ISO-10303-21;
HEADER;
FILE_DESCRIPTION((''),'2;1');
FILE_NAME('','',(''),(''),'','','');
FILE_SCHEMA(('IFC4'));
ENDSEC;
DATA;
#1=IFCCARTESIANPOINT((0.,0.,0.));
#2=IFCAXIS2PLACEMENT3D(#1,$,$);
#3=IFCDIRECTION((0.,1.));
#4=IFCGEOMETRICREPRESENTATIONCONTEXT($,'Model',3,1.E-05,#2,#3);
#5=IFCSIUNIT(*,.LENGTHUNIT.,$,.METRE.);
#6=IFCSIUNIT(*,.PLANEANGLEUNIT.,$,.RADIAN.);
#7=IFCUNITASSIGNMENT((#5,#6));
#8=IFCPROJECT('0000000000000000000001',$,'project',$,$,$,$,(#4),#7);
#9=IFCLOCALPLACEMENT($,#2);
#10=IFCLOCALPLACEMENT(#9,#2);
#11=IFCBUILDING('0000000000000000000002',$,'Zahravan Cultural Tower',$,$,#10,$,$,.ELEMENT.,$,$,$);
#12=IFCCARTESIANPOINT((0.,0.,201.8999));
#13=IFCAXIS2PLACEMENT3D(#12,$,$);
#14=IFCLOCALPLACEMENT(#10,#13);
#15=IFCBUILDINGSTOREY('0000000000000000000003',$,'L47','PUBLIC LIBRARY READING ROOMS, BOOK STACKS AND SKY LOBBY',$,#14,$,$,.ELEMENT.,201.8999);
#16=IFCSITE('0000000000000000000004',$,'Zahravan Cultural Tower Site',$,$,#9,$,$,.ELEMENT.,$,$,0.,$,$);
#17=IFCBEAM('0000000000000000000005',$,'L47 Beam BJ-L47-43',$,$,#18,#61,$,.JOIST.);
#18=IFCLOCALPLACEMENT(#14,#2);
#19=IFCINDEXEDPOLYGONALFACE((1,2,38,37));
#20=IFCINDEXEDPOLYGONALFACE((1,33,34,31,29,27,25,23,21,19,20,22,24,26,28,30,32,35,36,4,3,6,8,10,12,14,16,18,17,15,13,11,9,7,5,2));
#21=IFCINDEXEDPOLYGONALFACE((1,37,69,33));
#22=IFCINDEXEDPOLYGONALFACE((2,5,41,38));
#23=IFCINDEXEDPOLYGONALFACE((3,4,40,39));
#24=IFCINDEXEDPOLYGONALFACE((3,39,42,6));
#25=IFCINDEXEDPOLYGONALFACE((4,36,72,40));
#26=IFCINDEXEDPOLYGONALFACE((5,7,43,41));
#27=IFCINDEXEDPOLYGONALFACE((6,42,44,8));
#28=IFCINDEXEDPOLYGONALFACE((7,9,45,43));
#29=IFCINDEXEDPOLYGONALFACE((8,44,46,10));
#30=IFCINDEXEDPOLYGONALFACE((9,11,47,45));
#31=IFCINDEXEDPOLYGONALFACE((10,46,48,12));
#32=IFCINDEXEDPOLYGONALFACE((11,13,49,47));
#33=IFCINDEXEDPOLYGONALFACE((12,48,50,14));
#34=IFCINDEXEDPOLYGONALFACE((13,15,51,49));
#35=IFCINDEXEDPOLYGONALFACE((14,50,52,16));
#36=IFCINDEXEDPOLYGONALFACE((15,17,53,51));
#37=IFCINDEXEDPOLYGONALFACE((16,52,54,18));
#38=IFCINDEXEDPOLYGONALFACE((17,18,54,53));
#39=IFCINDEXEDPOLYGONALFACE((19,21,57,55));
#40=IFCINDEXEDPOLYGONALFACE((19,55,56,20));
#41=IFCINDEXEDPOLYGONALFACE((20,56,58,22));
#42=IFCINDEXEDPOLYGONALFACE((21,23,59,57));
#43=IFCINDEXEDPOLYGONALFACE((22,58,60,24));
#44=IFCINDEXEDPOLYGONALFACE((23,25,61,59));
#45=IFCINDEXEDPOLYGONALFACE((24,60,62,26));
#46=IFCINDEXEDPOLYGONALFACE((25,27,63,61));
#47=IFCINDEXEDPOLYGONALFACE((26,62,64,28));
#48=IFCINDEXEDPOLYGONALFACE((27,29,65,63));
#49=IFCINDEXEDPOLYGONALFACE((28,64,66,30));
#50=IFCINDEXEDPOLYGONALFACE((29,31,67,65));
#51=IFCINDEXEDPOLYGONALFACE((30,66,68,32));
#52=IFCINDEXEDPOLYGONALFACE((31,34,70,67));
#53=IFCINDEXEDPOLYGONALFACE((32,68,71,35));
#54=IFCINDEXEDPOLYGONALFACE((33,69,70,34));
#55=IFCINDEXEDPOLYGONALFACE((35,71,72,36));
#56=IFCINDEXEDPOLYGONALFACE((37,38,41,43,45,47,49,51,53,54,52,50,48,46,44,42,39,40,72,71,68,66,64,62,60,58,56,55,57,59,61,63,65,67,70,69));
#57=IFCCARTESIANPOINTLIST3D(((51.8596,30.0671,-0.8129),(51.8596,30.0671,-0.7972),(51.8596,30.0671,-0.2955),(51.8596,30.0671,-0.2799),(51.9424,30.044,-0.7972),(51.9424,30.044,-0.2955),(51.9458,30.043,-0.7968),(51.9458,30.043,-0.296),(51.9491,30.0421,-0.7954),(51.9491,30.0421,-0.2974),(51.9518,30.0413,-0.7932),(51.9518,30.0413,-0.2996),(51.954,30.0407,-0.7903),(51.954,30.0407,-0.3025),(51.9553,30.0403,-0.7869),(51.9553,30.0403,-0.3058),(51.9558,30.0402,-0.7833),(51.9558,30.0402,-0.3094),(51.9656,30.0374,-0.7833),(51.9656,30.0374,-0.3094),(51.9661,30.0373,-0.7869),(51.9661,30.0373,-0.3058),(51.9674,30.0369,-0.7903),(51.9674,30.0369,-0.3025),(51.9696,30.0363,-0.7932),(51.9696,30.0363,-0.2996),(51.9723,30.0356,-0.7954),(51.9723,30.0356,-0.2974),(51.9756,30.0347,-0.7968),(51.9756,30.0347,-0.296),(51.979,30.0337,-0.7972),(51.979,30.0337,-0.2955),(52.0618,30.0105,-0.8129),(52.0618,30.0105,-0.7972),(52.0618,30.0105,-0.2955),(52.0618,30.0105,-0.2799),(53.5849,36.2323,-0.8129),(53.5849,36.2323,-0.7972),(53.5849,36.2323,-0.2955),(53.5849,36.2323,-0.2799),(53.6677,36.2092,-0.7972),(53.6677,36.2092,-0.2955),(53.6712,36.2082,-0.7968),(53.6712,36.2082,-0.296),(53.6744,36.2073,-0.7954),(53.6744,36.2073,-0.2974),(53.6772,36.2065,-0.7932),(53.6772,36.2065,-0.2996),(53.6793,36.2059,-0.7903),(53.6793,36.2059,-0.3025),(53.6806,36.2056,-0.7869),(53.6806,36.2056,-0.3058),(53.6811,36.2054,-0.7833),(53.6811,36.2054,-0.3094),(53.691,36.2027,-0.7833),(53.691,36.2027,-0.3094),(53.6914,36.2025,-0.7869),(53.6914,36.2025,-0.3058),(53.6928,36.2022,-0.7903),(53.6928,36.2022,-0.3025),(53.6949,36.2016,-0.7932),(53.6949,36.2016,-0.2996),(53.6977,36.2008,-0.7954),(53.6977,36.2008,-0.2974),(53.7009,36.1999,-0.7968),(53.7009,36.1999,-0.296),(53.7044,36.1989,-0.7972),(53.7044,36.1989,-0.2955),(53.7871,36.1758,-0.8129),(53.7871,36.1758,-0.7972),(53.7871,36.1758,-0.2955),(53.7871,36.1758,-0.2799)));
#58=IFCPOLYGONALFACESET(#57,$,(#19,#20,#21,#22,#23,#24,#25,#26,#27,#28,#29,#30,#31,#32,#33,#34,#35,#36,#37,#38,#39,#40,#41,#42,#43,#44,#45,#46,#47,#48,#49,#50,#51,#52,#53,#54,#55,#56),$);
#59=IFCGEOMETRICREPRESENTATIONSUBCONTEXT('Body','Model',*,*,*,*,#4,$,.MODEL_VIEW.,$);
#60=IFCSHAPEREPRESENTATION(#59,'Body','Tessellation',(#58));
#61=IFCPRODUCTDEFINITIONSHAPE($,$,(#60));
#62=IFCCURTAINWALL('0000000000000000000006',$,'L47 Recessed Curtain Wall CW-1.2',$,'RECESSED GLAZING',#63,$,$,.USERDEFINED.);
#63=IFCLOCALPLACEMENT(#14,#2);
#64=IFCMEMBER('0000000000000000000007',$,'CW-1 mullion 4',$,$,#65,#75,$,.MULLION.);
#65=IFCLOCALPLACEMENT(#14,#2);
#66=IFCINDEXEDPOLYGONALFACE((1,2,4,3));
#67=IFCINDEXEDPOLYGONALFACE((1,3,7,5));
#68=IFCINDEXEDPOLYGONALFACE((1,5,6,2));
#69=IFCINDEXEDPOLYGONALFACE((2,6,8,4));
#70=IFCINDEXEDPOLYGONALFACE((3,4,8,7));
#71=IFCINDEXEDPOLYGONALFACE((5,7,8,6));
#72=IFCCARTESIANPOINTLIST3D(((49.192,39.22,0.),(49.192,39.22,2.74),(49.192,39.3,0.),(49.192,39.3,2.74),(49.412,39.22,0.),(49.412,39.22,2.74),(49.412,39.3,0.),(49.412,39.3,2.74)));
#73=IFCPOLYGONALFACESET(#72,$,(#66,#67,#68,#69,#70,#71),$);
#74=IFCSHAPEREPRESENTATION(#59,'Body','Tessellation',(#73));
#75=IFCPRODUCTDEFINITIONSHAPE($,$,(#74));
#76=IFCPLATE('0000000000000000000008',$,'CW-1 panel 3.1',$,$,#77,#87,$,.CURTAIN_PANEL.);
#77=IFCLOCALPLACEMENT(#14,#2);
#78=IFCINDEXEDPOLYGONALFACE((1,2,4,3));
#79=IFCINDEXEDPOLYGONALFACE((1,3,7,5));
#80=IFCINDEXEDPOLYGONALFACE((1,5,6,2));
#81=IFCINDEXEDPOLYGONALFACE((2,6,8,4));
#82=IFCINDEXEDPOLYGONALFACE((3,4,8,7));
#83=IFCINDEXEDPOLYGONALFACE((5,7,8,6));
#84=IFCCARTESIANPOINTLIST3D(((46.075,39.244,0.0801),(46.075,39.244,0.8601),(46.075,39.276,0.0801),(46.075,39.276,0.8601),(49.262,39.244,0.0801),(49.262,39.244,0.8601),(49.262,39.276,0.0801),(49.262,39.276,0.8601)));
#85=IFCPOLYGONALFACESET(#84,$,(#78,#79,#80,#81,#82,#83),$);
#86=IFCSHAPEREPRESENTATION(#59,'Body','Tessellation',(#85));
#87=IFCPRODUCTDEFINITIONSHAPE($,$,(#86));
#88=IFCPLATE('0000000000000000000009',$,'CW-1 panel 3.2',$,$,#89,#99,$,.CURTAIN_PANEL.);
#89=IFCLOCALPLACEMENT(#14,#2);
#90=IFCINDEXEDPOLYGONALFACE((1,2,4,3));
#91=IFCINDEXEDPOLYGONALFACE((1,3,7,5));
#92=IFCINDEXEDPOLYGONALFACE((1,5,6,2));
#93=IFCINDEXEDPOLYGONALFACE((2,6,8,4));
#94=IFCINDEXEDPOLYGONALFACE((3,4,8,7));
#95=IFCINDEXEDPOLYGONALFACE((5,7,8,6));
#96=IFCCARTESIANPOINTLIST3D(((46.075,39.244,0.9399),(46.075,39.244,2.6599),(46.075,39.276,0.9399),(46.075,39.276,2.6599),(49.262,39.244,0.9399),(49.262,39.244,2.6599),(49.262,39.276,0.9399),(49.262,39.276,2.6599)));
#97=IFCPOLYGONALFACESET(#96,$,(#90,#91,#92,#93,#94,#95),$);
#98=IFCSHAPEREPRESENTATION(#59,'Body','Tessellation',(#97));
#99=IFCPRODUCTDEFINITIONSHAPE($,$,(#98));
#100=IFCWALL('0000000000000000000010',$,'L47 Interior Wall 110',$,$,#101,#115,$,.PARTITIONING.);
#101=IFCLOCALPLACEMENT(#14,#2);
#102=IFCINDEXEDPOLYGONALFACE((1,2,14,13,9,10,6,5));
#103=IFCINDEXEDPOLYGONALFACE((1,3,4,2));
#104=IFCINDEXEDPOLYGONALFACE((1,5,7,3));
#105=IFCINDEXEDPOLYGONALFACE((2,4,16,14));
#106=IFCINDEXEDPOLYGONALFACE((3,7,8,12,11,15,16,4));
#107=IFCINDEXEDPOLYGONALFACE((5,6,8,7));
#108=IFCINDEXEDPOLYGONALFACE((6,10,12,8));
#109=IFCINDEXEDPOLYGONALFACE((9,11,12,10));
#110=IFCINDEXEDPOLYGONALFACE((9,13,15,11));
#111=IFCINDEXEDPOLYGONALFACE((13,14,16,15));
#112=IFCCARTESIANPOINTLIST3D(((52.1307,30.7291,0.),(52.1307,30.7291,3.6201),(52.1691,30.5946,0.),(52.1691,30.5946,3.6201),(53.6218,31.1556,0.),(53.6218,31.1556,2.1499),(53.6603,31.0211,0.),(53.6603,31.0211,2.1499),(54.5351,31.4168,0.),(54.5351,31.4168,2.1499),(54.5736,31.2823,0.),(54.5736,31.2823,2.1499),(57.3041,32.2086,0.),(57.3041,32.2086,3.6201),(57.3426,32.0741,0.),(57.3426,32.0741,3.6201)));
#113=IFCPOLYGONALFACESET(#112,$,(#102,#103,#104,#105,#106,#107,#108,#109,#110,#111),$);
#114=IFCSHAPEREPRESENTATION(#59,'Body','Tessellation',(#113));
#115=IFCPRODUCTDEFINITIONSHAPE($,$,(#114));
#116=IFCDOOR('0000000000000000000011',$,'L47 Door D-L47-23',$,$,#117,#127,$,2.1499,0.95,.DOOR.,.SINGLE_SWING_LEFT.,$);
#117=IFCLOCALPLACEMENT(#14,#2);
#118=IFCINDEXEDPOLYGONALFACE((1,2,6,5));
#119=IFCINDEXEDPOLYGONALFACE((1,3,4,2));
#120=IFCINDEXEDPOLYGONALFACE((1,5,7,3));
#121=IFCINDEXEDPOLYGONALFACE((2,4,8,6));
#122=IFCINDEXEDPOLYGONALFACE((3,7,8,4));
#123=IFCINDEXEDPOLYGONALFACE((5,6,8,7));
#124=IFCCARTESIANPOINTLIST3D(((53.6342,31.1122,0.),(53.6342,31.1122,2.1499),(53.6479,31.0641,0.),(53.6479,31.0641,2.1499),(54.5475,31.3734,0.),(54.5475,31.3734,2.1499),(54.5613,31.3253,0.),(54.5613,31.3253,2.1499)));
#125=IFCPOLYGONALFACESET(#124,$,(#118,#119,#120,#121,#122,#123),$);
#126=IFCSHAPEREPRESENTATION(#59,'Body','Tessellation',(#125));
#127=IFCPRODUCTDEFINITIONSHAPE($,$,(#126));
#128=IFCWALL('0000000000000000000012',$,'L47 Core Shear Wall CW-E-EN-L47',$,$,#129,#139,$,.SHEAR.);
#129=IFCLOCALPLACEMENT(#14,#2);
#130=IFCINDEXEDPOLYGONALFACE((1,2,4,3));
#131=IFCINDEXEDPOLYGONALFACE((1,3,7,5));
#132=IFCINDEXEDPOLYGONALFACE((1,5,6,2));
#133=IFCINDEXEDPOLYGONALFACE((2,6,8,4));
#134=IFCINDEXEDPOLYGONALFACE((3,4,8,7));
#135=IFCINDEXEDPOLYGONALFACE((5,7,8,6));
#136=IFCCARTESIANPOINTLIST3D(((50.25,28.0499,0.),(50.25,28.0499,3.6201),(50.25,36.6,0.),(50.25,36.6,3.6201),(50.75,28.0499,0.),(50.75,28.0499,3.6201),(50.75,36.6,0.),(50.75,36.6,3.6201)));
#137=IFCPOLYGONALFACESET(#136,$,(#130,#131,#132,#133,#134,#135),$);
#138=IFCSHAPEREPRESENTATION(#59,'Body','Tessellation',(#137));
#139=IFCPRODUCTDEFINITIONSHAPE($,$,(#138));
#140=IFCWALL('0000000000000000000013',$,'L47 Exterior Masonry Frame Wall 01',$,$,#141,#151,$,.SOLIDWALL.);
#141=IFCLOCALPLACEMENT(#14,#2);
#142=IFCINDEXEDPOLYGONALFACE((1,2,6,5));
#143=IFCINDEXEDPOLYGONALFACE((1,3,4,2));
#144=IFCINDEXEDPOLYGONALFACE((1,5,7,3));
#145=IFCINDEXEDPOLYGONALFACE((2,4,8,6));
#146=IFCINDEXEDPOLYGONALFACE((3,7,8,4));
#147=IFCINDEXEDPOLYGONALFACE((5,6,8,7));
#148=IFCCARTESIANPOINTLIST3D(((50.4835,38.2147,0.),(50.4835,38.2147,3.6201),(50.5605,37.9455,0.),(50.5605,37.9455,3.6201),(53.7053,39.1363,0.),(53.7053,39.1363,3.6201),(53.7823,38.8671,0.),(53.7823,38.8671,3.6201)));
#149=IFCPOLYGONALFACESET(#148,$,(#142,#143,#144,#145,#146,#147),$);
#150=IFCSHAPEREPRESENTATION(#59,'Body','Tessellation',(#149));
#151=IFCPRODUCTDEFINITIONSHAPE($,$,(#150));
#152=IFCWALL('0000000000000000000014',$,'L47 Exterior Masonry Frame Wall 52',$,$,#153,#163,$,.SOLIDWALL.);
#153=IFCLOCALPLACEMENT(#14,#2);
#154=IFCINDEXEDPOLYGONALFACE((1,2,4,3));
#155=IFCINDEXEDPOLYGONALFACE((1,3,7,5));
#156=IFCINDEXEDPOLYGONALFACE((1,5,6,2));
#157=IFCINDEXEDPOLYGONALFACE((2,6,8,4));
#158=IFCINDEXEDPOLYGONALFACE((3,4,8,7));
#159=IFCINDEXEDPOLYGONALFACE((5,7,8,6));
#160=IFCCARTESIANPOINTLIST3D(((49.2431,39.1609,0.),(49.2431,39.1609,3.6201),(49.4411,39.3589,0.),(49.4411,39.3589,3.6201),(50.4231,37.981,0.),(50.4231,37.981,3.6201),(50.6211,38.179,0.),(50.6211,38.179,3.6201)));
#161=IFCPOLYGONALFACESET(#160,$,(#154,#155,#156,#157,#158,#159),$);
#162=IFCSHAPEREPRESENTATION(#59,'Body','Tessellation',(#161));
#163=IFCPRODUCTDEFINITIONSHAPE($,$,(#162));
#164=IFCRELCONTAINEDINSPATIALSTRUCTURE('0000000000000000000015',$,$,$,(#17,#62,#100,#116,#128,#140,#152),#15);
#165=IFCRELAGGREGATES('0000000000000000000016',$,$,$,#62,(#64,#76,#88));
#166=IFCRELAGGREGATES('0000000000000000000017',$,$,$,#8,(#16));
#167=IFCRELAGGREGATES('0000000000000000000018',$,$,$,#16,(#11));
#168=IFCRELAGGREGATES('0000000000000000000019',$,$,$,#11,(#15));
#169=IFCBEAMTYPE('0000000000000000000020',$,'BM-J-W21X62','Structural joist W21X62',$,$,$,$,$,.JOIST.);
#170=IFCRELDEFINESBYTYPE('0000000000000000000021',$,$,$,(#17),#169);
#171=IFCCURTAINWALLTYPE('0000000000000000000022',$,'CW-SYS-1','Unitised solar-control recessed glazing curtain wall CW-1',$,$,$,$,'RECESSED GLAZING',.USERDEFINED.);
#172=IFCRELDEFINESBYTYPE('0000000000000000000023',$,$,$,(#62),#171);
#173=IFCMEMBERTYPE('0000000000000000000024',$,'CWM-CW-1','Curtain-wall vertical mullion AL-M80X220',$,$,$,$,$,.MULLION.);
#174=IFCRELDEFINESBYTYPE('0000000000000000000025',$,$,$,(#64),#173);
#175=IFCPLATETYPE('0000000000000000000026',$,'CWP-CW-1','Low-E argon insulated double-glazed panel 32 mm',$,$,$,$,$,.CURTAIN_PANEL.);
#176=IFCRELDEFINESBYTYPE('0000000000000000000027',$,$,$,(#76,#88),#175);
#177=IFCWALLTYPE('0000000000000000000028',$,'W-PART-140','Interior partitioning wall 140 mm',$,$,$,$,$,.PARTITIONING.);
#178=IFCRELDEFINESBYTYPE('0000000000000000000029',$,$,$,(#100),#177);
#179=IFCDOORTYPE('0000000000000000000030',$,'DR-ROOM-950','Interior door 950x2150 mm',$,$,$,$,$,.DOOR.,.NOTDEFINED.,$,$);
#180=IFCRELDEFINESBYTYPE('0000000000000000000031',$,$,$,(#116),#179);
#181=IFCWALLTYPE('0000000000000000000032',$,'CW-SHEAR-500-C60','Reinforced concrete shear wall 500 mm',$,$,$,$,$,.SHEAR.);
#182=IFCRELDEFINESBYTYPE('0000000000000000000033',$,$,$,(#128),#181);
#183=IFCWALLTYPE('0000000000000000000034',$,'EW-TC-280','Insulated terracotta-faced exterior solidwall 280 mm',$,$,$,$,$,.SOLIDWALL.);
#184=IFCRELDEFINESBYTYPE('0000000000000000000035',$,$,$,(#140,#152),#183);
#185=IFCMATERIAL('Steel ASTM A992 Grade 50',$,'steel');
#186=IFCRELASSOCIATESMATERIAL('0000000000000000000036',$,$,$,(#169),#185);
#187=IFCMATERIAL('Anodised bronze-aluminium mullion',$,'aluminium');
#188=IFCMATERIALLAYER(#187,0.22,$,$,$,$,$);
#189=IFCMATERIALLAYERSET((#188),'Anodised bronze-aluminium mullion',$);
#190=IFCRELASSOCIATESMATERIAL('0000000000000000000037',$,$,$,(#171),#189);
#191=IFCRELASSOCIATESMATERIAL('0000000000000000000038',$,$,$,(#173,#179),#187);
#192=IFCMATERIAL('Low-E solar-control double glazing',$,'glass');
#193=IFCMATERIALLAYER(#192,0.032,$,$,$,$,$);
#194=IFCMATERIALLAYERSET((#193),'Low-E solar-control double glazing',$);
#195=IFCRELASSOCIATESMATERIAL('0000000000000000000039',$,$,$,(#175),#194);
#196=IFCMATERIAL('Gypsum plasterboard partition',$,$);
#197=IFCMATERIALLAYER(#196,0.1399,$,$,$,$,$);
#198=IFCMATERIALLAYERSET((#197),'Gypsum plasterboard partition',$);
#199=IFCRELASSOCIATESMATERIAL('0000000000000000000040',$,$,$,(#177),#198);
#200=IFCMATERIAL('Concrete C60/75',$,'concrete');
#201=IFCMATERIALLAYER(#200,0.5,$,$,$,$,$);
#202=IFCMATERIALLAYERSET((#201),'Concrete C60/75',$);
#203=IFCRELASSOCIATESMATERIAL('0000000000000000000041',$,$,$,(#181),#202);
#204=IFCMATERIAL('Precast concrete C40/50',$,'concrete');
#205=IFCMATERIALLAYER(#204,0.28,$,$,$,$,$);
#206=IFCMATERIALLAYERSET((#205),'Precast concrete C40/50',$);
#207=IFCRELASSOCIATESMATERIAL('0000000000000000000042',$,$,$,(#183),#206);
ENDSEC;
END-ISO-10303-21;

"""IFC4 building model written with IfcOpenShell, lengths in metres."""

from ifc_helpers import new_model, si_unit, direction, frame, frame_2d, origin, origin_2d, place, context, subcontext, project, spatial, rectangle, i_section, extrude, source, transform, mapped, material, layer, layer_set, material_profile, profile_set, type_object, element, fill, aggregate, save


model = new_model("IFC4")

# Units and contexts
model_context = context("Model", 3, precision=1e-05, world=origin(), true_north=direction((0.0, 1.0)))
body_context = subcontext(model_context, "Body", "Model", "MODEL_VIEW")
ifc_project = project(units=[si_unit("LENGTHUNIT", "METRE"), si_unit("PLANEANGLEUNIT", "RADIAN")], contexts=[model_context])

# Site, building, storey
site_placement = place(None, origin())
site = spatial("IfcSite", under=ifc_project, at=site_placement, Name="Zahravan Cultural Tower Site", CompositionType="ELEMENT", RefElevation=0.0)
building_placement = place(site_placement, origin())
building = spatial("IfcBuilding", under=site, at=building_placement, Name="Zahravan Cultural Tower", CompositionType="ELEMENT")
storey_placement = place(building_placement, frame((0.0, 0.0, 201.8999)))
storey = spatial("IfcBuildingStorey", under=building, at=storey_placement, Name="L47", Description="PUBLIC LIBRARY READING ROOMS, BOOK STACKS AND SKY LOBBY", CompositionType="ELEMENT", Elevation=201.8999)

# Beam
ifc_material_1 = material(Name="Steel ASTM A992 Grade 50", Category="steel")
ifc_material_profile_1 = material_profile(ifc_material_1, i_section(OverallWidth=0.21, OverallDepth=0.533, WebThickness=0.0103, FlangeThickness=0.0156, FilletRadius=0.0139, at=origin_2d()), Name="W21X62")
ifc_profile_set_1 = profile_set([ifc_material_profile_1], Name="Steel ASTM A992 Grade 50")
beam_type_1 = type_object("IfcBeamType", Name="BM-J-W21X62", Description="Structural joist W21X62", PredefinedType="JOIST", material=ifc_profile_set_1)
shared_shape_1 = source(origin(), body_context, "Body", "SweptSolid", [
    extrude(i_section(OverallWidth=0.21, OverallDepth=0.533, WebThickness=0.0103, FlangeThickness=0.0156, FilletRadius=0.0139, at=origin_2d()), origin(), (0.0, 0.0, 1.0), 6.4021),
])
beam_1_placement = place(storey_placement, frame((51.9607, 30.0388, -0.5464), z_axis=(0.269494, 0.963002, 0.0), x_axis=(-0.963002, 0.269494, 0.0)))
element("IfcBeam", 1, at=beam_1_placement, inside=storey, type_object=beam_type_1, Name="L47 Beam BJ-L47-43", PredefinedType="JOIST", context=body_context, shape_type="MappedRepresentation", body=[
    mapped(shared_shape_1, transform((0.0, 0.0, 0.0), x_axis=(1.0, 0.0, 0.0), y_axis=(0.0, 1.0, 0.0), z_axis=(0.0, 0.0, 1.0), scale=1.0)),
])

# Curtain wall, member, plates
ifc_material_2 = material(Name="Anodised bronze-aluminium mullion", Category="aluminium")
ifc_layer_1 = layer(ifc_material_2, 0.22)
ifc_layer_set_1 = layer_set([ifc_layer_1], Name="Anodised bronze-aluminium mullion")
curtain_wall_type = type_object("IfcCurtainWallType", Name="CW-SYS-1", Description="Unitised solar-control recessed glazing curtain wall CW-1", ElementType="RECESSED GLAZING", PredefinedType="USERDEFINED", material=ifc_layer_set_1)
curtain_wall_placement = place(storey_placement, origin())
curtain_wall = element("IfcCurtainWall", 2, at=curtain_wall_placement, inside=storey, type_object=curtain_wall_type, Name="L47 Recessed Curtain Wall CW-1.2", ObjectType="RECESSED GLAZING", PredefinedType="USERDEFINED")
ifc_material_profile_2 = material_profile(ifc_material_2, rectangle(XDim=0.0801, YDim=0.22, at=origin_2d()), Name="AL-M80X220")
ifc_profile_set_2 = profile_set([ifc_material_profile_2], Name="Anodised bronze-aluminium mullion")
member_type = type_object("IfcMemberType", Name="CWM-CW-1", Description="Curtain-wall vertical mullion AL-M80X220", PredefinedType="MULLION", material=ifc_profile_set_2)
shared_shape_2 = source(origin(), body_context, "Body", "SweptSolid", [
    extrude(rectangle(XDim=0.0801, YDim=0.22, at=origin_2d()), origin(), (0.0, 0.0, 1.0), 2.74),
])
member_placement = place(storey_placement, frame((49.302, 39.26, 0.0), z_axis=(0.0, 0.0, 1.0), x_axis=(0.0, 1.0, 0.0)))
member = element("IfcMember", 3, at=member_placement, type_object=member_type, Name="CW-1 mullion 4", PredefinedType="MULLION", context=body_context, shape_type="MappedRepresentation", body=[
    mapped(shared_shape_2, transform((0.0, 0.0, 0.0), x_axis=(1.0, 0.0, 0.0), y_axis=(0.0, 1.0, 0.0), z_axis=(0.0, 0.0, 1.0), scale=1.0)),
])
ifc_material_3 = material(Name="Low-E solar-control double glazing", Category="glass")
ifc_layer_2 = layer(ifc_material_3, 0.032)
ifc_layer_set_2 = layer_set([ifc_layer_2], Name="Low-E solar-control double glazing")
plate_type = type_object("IfcPlateType", Name="CWP-CW-1", Description="Low-E argon insulated double-glazed panel 32 mm", PredefinedType="CURTAIN_PANEL", material=ifc_layer_set_2)
shared_shape_3 = source(origin(), body_context, "Body", "SweptSolid", [
    extrude(rectangle(XDim=3.187, YDim=0.032, at=origin_2d()), origin(), (0.0, 0.0, 1.0), 0.78),
])
plate_1_placement = place(storey_placement, frame((47.6685, 39.26, 0.0801), z_axis=(0.0, 0.0, 1.0), x_axis=(1.0, 0.0, 0.0)))
plate_1 = element("IfcPlate", 4, at=plate_1_placement, type_object=plate_type, Name="CW-1 panel 3.1", PredefinedType="CURTAIN_PANEL", context=body_context, shape_type="MappedRepresentation", body=[
    mapped(shared_shape_3, transform((0.0, 0.0, 0.0), x_axis=(1.0, 0.0, 0.0), y_axis=(0.0, 1.0, 0.0), z_axis=(0.0, 0.0, 1.0), scale=1.0)),
])
shared_shape_4 = source(origin(), body_context, "Body", "SweptSolid", [
    extrude(rectangle(XDim=3.187, YDim=0.032, at=origin_2d()), origin(), (0.0, 0.0, 1.0), 1.72),
])
plate_2_placement = place(storey_placement, frame((47.6685, 39.26, 0.9399), z_axis=(0.0, 0.0, 1.0), x_axis=(1.0, 0.0, 0.0)))
plate_2 = element("IfcPlate", 5, at=plate_2_placement, type_object=plate_type, Name="CW-1 panel 3.2", PredefinedType="CURTAIN_PANEL", context=body_context, shape_type="MappedRepresentation", body=[
    mapped(shared_shape_4, transform((0.0, 0.0, 0.0), x_axis=(1.0, 0.0, 0.0), y_axis=(0.0, 1.0, 0.0), z_axis=(0.0, 0.0, 1.0), scale=1.0)),
])
aggregate(curtain_wall, [member, plate_1, plate_2])

# Wall, opening, door
ifc_material_4 = material(Name="Gypsum plasterboard partition")
ifc_layer_3 = layer(ifc_material_4, 0.1399)
ifc_layer_set_3 = layer_set([ifc_layer_3], Name="Gypsum plasterboard partition")
wall_type_1 = type_object("IfcWallType", Name="W-PART-140", Description="Interior partitioning wall 140 mm", PredefinedType="PARTITIONING", material=ifc_layer_set_3)
wall_1_placement = place(storey_placement, frame((52.1499, 30.6619, 0.0), z_axis=(0.0, 0.0, 1.0), x_axis=(0.961455, 0.274961, 0.0)))
wall_1 = element("IfcWall", 6, at=wall_1_placement, inside=storey, type_object=wall_type_1, Name="L47 Interior Wall 110", PredefinedType="PARTITIONING", context=body_context, shape_type="SweptSolid", body=[
    extrude(rectangle(XDim=5.3809, YDim=0.1399, at=frame_2d((2.6904, 0.0))), origin(), (0.0, 0.0, 1.0), 3.6201),
])
opening_placement = place(wall_1_placement, frame((1.5508, 0.0, 0.0)))
opening = element("IfcOpeningElement", 7, at=opening_placement, cuts=wall_1, PredefinedType="OPENING", context=body_context, shape_type="SweptSolid", body=[
    extrude(rectangle(XDim=0.95, YDim=2.1499, at=frame_2d((0.4751, 1.075))), frame((0.0, 0.0798, 0.0), z_axis=(0.0, -1.0, 0.0), x_axis=(1.0, 0.0, 0.0)), (0.0, 0.0, 1.0), 0.1599),
])
door_type = type_object("IfcDoorType", Name="DR-ROOM-950", Description="Interior door 950x2150 mm", OperationType="NOTDEFINED", PredefinedType="DOOR", material=ifc_material_2)
shared_shape_5 = source(origin(), body_context, "Body", "SweptSolid", [
    extrude(rectangle(XDim=0.95, YDim=2.1499, at=frame_2d((0.4751, 1.075))), frame((0.0, 0.0249, 0.0), z_axis=(0.0, -1.0, 0.0), x_axis=(1.0, 0.0, 0.0)), (0.0, 0.0, 1.0), 0.05),
])
door_placement = place(opening_placement, origin())
door = element("IfcDoor", 8, at=door_placement, inside=storey, type_object=door_type, Name="L47 Door D-L47-23", OperationType="SINGLE_SWING_LEFT", OverallHeight=2.1499, OverallWidth=0.95, PredefinedType="DOOR", context=body_context, shape_type="MappedRepresentation", body=[
    mapped(shared_shape_5, transform((0.0, 0.0, 0.0), x_axis=(1.0, 0.0, 0.0), y_axis=(0.0, 1.0, 0.0), z_axis=(0.0, 0.0, 1.0), scale=1.0)),
])
fill(opening, door)

# Walls
ifc_material_5 = material(Name="Concrete C60/75", Category="concrete")
ifc_layer_4 = layer(ifc_material_5, 0.5)
ifc_layer_set_4 = layer_set([ifc_layer_4], Name="Concrete C60/75")
wall_type_2 = type_object("IfcWallType", Name="CW-SHEAR-500-C60", Description="Reinforced concrete shear wall 500 mm", PredefinedType="SHEAR", material=ifc_layer_set_4)
shared_shape_6 = source(origin(), body_context, "Body", "SweptSolid", [
    extrude(rectangle(XDim=8.55, YDim=0.5, at=frame_2d((4.2749, 0.0))), origin(), (0.0, 0.0, 1.0), 3.6201),
])
wall_2_placement = place(storey_placement, frame((50.5, 28.05, 0.0), z_axis=(0.0, 0.0, 1.0), x_axis=(0.0, 1.0, 0.0)))
element("IfcWall", 9, at=wall_2_placement, inside=storey, type_object=wall_type_2, Name="L47 Core Shear Wall CW-E-EN-L47", PredefinedType="SHEAR", context=body_context, shape_type="MappedRepresentation", body=[
    mapped(shared_shape_6, transform((0.0, 0.0, 0.0), x_axis=(1.0, 0.0, 0.0), y_axis=(0.0, 1.0, 0.0), z_axis=(0.0, 0.0, 1.0), scale=1.0)),
])
ifc_material_6 = material(Name="Precast concrete C40/50", Category="concrete")
ifc_layer_5 = layer(ifc_material_6, 0.28)
ifc_layer_set_5 = layer_set([ifc_layer_5], Name="Precast concrete C40/50")
wall_type_3 = type_object("IfcWallType", Name="EW-TC-280", Description="Insulated terracotta-faced exterior solidwall 280 mm", PredefinedType="SOLIDWALL", material=ifc_layer_set_5)
shared_shape_7 = source(origin(), body_context, "Body", "SweptSolid", [
    extrude(rectangle(XDim=3.3511, YDim=0.28, at=frame_2d((1.6755, 0.0))), origin(), (0.0, 0.0, 1.0), 3.6201),
])
wall_3_placement = place(storey_placement, frame((50.522, 38.0801, 0.0), z_axis=(0.0, 0.0, 1.0), x_axis=(0.961439, 0.275019, 0.0)))
element("IfcWall", 10, at=wall_3_placement, inside=storey, type_object=wall_type_3, Name="L47 Exterior Masonry Frame Wall 01", PredefinedType="SOLIDWALL", context=body_context, shape_type="MappedRepresentation", body=[
    mapped(shared_shape_7, transform((0.0, 0.0, 0.0), x_axis=(1.0, 0.0, 0.0), y_axis=(0.0, 1.0, 0.0), z_axis=(0.0, 0.0, 1.0), scale=1.0)),
])
shared_shape_8 = source(origin(), body_context, "Body", "SweptSolid", [
    extrude(rectangle(XDim=1.6687, YDim=0.28, at=frame_2d((0.8345, 0.0))), origin(), (0.0, 0.0, 1.0), 3.6201),
])
wall_4_placement = place(storey_placement, frame((49.342, 39.26, 0.0), z_axis=(0.0, 0.0, 1.0), x_axis=(0.707107, -0.707107, 0.0)))
element("IfcWall", 11, at=wall_4_placement, inside=storey, type_object=wall_type_3, Name="L47 Exterior Masonry Frame Wall 52", PredefinedType="SOLIDWALL", context=body_context, shape_type="MappedRepresentation", body=[
    mapped(shared_shape_8, transform((0.0, 0.0, 0.0), x_axis=(1.0, 0.0, 0.0), y_axis=(0.0, 1.0, 0.0), z_axis=(0.0, 0.0, 1.0), scale=1.0)),
])

save(model, "model.ifc")
